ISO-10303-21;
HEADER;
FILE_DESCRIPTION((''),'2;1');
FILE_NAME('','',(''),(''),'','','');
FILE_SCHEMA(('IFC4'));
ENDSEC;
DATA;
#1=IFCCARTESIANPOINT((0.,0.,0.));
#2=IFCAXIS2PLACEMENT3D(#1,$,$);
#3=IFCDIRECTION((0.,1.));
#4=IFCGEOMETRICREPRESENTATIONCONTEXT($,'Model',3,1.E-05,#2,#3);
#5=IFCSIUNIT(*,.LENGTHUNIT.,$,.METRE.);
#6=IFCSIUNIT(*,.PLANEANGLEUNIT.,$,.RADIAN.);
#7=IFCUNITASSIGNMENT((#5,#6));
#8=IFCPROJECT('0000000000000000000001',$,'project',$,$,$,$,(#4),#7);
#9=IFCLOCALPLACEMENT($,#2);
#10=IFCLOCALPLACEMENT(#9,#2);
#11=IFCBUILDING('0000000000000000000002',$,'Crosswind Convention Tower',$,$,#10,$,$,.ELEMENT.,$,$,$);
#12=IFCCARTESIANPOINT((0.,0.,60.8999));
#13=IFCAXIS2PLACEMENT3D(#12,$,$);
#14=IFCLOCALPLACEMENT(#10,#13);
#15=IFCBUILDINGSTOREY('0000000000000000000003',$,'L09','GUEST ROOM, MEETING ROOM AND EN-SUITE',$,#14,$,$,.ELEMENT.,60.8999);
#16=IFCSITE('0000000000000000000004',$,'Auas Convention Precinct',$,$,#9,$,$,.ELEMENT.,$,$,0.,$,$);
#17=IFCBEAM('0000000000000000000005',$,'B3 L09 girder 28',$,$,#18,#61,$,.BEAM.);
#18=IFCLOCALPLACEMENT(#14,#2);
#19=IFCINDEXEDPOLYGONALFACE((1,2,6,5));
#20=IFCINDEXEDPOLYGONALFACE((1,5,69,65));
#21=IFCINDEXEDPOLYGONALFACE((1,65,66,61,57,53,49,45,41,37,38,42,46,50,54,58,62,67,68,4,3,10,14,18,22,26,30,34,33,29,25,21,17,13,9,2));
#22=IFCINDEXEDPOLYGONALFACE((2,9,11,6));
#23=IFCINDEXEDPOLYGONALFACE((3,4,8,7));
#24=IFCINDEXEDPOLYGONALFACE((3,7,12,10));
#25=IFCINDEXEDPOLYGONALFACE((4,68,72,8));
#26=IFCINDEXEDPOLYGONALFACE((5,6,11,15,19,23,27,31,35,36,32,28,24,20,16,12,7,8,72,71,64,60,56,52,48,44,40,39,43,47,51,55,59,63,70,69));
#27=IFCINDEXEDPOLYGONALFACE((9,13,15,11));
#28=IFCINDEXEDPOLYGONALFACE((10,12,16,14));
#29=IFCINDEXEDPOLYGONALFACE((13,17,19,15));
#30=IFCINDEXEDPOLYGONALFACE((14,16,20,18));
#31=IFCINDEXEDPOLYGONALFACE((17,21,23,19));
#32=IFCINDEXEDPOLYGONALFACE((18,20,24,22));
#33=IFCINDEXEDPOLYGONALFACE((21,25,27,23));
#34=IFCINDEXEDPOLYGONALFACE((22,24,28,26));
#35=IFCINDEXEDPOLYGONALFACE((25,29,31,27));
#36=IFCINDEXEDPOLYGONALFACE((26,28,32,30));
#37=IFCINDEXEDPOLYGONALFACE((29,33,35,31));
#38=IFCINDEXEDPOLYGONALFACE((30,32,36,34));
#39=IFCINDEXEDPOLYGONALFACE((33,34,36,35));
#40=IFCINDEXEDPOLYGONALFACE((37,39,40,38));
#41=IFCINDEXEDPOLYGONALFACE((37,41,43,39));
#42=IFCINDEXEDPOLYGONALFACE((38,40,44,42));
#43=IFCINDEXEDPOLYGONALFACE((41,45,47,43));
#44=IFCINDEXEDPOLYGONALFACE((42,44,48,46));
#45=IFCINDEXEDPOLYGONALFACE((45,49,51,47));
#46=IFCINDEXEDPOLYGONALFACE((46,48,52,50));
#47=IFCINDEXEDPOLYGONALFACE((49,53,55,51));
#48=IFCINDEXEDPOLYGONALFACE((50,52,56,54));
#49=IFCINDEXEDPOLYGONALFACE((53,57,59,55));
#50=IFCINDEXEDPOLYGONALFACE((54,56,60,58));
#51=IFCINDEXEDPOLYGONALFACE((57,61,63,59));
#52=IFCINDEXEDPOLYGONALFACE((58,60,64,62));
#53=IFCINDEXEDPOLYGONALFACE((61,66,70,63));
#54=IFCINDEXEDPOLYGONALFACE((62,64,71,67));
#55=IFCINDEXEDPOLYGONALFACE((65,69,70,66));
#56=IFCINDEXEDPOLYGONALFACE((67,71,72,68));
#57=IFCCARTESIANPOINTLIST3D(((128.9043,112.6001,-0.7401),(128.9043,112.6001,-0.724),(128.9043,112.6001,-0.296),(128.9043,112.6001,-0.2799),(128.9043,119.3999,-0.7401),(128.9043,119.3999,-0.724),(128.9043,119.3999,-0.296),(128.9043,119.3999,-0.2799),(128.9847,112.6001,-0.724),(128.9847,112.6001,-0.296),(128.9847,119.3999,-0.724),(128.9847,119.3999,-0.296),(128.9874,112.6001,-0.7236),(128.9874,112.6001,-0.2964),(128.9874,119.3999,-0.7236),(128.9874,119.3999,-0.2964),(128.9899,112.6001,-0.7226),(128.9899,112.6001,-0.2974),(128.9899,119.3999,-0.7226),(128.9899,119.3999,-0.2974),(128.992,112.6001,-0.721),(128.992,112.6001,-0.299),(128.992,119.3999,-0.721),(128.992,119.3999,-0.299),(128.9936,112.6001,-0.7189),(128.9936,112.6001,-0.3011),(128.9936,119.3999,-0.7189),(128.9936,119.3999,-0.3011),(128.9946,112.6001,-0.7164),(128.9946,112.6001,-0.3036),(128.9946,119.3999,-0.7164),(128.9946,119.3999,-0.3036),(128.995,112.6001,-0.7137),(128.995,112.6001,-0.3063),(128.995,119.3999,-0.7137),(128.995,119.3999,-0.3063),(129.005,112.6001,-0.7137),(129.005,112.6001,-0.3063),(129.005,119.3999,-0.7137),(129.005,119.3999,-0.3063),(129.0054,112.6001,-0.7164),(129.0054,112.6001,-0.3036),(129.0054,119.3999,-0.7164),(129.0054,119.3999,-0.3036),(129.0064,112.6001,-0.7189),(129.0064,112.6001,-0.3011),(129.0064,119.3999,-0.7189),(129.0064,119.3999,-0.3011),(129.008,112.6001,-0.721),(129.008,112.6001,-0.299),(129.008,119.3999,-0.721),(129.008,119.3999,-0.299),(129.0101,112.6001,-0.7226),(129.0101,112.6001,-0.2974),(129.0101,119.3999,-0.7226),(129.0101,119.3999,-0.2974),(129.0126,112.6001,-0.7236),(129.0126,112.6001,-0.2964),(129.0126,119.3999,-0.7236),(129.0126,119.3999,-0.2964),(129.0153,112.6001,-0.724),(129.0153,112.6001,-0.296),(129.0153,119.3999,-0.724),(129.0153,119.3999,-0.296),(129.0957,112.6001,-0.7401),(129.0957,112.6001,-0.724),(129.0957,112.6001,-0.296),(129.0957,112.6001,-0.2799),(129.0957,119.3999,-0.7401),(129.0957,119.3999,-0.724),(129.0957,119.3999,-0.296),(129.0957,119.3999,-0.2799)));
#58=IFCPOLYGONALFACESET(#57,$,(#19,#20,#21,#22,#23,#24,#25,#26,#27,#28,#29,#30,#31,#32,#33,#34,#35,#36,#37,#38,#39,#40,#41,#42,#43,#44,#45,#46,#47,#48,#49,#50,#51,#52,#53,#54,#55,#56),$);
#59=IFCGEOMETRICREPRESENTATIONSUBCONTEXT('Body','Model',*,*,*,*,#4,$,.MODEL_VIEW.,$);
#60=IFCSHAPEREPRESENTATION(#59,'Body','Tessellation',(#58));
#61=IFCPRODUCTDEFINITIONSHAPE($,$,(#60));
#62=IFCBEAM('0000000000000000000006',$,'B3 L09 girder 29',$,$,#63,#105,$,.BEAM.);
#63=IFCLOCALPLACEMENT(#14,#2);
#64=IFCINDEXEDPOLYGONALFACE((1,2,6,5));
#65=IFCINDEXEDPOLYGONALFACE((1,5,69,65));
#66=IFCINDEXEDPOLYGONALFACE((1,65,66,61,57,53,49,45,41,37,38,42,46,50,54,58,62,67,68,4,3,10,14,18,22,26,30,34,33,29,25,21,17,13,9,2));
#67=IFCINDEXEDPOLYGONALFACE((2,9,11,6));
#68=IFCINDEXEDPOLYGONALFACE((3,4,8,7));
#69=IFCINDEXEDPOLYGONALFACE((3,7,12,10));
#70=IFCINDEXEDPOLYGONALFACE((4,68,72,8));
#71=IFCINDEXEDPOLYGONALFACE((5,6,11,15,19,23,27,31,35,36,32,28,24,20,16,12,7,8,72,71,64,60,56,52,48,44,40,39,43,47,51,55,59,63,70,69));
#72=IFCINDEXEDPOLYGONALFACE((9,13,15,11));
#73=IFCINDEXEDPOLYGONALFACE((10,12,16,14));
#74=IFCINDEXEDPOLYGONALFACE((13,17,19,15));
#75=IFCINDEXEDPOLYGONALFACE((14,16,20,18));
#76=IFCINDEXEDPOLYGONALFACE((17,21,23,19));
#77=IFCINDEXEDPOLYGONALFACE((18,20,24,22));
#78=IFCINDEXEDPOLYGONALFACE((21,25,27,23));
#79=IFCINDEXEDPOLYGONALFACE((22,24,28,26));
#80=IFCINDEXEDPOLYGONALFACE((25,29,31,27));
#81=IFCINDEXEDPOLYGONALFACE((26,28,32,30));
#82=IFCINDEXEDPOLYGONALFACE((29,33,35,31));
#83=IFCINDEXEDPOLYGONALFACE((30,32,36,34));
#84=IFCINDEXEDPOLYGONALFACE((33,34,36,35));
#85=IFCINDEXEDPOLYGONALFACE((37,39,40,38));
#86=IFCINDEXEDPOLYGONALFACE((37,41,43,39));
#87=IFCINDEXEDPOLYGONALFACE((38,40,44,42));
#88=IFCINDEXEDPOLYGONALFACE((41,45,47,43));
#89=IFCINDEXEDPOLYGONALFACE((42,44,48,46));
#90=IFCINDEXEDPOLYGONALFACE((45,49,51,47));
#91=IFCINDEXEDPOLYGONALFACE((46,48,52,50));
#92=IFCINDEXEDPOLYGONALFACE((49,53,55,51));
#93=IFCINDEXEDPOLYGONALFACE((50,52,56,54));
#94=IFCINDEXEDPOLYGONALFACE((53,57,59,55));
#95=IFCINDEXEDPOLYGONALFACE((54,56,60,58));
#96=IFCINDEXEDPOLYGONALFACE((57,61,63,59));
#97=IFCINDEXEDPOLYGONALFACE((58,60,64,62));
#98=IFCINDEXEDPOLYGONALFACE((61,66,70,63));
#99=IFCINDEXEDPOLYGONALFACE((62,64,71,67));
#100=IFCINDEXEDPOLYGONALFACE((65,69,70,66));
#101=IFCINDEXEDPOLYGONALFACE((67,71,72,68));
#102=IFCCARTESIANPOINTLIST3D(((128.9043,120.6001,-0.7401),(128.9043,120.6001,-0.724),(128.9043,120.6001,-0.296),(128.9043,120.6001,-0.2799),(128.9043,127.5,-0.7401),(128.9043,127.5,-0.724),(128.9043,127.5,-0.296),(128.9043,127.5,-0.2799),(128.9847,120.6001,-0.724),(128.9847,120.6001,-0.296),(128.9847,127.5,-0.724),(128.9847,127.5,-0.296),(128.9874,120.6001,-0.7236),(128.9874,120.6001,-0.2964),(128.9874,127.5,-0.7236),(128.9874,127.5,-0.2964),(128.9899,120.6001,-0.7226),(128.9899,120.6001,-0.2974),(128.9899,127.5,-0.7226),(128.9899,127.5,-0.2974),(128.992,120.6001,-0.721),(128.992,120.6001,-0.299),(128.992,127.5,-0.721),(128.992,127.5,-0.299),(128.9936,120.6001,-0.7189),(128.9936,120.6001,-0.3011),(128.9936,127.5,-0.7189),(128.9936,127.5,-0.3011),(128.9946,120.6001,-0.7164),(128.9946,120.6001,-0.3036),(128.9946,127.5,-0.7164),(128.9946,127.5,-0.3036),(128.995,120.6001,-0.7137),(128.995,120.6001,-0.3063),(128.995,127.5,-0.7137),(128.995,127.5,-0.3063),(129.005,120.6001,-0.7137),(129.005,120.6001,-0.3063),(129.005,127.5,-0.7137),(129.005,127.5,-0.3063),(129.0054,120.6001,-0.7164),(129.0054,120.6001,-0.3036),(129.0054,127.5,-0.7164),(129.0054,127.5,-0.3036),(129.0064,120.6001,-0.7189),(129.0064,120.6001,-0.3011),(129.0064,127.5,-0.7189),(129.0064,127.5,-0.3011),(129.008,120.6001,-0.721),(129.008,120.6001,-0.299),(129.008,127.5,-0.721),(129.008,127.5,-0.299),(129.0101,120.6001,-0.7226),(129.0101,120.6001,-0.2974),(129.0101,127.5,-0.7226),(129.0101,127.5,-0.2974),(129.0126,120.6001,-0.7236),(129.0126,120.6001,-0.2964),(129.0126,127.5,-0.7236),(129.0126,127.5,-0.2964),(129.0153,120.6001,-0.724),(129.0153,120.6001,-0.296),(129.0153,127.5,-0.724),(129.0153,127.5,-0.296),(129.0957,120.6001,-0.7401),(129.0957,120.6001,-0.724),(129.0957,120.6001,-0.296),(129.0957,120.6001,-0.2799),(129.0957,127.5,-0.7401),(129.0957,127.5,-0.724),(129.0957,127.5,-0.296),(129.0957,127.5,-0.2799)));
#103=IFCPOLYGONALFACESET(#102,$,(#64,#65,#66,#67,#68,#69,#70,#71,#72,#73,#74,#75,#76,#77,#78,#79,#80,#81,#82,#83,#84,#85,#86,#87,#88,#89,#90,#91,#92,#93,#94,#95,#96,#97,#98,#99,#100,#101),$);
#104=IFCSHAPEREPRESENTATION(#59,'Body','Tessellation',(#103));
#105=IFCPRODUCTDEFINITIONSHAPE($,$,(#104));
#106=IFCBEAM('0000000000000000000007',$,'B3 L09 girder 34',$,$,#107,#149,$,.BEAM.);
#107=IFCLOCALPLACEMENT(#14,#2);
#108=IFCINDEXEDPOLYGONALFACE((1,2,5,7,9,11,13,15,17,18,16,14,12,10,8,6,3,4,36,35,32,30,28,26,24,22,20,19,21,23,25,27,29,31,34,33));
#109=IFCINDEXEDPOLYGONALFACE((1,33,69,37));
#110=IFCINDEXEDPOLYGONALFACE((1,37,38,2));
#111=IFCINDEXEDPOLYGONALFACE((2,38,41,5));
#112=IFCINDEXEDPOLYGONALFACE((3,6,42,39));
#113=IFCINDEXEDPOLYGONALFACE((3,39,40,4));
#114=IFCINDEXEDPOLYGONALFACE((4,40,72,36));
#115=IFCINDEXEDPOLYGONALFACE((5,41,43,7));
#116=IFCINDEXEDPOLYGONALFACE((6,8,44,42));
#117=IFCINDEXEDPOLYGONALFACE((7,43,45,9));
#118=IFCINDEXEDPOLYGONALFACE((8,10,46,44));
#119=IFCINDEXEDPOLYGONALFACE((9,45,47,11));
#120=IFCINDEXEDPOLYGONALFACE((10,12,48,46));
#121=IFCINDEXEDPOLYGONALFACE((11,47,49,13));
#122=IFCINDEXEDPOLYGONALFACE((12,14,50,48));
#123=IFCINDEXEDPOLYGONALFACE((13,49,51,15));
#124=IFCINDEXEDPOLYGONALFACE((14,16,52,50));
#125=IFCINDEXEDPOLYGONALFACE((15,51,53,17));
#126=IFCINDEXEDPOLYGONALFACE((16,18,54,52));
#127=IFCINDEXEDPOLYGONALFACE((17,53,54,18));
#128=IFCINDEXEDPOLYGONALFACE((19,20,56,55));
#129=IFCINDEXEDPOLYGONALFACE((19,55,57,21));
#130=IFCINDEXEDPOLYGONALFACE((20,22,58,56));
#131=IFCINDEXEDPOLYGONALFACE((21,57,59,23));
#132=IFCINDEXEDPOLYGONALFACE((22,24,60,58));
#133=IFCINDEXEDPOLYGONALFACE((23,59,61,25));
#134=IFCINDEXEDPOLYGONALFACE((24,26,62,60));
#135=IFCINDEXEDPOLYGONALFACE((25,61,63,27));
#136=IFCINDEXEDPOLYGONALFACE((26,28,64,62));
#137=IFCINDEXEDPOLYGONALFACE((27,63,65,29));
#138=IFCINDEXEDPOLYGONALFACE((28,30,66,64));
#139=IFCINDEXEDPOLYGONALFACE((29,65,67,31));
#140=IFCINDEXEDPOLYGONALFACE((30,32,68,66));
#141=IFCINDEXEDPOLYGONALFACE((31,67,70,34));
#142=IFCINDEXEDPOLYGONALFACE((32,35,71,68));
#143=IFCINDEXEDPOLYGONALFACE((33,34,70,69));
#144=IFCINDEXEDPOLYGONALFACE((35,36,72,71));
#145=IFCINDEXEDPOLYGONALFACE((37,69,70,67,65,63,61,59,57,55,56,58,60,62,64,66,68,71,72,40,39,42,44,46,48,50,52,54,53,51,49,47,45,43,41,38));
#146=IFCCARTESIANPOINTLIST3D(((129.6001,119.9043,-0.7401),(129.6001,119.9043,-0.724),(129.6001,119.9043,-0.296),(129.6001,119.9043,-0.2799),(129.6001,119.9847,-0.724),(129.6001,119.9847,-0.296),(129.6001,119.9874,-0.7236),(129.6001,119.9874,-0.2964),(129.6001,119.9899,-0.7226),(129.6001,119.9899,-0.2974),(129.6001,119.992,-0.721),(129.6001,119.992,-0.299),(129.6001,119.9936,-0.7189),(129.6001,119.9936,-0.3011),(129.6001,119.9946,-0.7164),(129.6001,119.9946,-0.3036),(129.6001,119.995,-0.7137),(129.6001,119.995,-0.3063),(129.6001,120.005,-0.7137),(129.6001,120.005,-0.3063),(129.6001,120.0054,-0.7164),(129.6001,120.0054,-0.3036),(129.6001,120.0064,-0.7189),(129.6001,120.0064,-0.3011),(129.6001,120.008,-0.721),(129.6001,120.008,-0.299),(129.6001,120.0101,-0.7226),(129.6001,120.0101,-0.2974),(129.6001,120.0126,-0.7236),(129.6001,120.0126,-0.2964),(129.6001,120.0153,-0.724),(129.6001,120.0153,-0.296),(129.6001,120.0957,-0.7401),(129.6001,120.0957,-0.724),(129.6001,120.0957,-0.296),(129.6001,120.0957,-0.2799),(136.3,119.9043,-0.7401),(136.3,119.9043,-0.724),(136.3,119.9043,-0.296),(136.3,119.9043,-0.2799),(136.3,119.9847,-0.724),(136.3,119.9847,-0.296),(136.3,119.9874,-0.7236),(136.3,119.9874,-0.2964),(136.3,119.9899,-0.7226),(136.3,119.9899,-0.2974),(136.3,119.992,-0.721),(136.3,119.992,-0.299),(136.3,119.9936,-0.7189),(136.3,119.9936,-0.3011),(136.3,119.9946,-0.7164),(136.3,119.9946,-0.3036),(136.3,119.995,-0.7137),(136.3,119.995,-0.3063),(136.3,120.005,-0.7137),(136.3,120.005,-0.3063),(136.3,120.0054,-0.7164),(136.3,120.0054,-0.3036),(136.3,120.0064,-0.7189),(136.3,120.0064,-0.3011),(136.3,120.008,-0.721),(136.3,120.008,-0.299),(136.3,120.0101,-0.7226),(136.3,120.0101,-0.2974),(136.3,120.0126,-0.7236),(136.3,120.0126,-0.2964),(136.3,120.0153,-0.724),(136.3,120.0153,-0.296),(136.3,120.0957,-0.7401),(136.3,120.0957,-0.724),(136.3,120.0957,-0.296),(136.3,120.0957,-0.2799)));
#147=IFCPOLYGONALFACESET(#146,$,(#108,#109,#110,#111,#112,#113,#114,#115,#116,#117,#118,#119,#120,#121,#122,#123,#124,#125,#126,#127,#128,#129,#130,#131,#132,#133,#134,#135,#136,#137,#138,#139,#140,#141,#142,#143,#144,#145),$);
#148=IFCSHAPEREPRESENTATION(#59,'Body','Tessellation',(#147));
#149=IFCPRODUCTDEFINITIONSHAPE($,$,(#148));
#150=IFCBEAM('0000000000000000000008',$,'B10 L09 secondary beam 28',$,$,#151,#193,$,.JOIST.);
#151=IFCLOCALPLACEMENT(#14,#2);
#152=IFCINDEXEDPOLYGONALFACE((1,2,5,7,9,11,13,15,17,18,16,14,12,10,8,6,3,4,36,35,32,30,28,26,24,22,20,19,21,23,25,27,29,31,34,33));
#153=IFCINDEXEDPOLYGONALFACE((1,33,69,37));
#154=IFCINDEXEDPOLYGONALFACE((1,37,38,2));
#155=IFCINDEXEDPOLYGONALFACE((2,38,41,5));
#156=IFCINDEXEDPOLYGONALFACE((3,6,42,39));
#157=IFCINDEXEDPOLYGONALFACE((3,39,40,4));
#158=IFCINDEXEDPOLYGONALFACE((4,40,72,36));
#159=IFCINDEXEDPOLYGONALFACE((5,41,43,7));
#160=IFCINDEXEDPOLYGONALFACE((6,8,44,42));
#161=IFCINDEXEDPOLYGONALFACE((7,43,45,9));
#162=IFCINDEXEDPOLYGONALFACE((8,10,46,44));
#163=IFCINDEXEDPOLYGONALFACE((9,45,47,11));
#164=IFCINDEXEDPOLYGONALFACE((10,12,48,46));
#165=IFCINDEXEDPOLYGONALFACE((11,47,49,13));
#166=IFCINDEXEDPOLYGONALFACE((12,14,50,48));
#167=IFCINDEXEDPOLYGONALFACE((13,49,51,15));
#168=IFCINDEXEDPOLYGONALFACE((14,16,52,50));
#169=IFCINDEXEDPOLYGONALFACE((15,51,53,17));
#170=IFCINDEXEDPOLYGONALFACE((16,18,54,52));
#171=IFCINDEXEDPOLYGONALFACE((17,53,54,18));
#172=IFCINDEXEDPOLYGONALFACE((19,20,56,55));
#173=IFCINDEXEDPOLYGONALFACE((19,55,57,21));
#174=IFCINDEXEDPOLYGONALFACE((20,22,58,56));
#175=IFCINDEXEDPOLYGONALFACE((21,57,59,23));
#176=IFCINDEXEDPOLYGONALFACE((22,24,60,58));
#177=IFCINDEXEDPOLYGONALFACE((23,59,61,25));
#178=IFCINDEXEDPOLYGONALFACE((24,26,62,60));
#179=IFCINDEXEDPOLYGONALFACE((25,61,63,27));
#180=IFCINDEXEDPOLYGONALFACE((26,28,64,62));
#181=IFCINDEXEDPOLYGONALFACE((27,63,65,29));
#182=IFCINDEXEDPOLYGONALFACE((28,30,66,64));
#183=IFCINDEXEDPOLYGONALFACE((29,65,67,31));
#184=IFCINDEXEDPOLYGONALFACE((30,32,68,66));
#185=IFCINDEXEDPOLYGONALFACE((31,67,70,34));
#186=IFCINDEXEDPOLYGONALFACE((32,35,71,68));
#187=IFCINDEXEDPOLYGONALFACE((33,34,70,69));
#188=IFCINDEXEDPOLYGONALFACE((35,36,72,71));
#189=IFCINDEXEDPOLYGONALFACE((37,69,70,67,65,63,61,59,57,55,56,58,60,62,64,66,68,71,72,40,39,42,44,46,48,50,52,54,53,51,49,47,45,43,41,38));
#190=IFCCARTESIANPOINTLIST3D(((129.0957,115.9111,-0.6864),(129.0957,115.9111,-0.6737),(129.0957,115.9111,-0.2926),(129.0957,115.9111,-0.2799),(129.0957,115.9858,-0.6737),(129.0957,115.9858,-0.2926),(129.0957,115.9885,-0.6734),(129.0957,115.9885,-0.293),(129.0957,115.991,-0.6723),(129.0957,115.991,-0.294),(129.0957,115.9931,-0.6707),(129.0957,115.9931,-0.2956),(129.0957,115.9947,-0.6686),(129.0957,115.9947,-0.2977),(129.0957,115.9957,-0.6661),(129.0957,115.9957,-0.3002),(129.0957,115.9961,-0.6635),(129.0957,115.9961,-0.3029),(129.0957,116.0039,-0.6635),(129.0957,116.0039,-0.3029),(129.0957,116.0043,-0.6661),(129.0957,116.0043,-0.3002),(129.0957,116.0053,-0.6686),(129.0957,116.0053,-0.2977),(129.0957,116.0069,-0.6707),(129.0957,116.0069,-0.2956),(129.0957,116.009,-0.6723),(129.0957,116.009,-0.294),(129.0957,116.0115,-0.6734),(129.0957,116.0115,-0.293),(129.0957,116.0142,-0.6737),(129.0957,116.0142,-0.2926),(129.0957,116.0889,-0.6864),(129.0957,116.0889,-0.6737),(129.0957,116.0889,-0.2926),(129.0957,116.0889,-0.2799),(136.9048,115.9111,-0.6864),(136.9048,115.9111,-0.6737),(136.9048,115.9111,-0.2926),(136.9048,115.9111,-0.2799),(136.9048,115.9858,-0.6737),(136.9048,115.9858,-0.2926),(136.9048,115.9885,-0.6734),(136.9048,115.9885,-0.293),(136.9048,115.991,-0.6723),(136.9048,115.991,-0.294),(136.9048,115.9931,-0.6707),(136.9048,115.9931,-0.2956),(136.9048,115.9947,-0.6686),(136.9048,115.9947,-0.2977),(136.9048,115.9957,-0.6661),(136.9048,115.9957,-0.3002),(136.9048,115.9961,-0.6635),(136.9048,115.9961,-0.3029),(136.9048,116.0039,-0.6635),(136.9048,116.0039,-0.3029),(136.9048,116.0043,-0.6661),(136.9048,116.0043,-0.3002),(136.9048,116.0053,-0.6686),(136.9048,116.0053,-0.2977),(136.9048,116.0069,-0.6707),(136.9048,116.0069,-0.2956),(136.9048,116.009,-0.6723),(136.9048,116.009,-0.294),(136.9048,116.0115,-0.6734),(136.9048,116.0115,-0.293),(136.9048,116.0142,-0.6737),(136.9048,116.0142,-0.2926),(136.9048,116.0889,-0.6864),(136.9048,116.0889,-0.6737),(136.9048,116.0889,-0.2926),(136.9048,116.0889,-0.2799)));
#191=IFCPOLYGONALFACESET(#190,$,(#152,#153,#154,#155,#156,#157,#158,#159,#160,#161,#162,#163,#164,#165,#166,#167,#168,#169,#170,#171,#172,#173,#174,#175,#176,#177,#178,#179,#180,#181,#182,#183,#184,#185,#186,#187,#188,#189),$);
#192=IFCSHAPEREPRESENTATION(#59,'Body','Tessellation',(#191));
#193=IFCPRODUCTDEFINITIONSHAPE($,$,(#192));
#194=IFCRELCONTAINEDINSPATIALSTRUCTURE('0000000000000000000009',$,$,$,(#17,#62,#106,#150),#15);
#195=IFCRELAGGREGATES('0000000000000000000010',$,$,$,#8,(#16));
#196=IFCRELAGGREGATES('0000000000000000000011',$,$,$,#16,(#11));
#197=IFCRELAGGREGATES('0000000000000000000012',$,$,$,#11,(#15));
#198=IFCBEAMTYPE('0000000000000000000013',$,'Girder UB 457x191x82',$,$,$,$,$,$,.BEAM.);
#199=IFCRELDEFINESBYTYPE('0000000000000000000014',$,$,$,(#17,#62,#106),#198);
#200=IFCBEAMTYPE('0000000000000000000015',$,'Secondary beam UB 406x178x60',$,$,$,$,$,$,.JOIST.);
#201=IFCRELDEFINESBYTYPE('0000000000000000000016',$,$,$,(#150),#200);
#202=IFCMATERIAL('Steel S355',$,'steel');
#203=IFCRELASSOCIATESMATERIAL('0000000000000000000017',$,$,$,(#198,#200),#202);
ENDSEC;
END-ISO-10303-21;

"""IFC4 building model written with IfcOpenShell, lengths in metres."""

from ifc_helpers import new_model, si_unit, direction, frame, origin, origin_2d, place, context, subcontext, project, spatial, i_section, extrude, material, material_profile, profile_set, type_object, element, save


model = new_model("IFC4")

# Units and contexts
model_context = context("Model", 3, precision=1e-05, world=origin(), true_north=direction((0.0, 1.0)))
body_context = subcontext(model_context, "Body", "Model", "MODEL_VIEW")
ifc_project = project(units=[si_unit("LENGTHUNIT", "METRE"), si_unit("PLANEANGLEUNIT", "RADIAN")], contexts=[model_context])

# Site, building, storey
site_placement = place(None, origin())
site = spatial("IfcSite", under=ifc_project, at=site_placement, Name="Auas Convention Precinct", CompositionType="ELEMENT", RefElevation=0.0)
building_placement = place(site_placement, origin())
building = spatial("IfcBuilding", under=site, at=building_placement, Name="Crosswind Convention Tower", CompositionType="ELEMENT")
storey_placement = place(building_placement, frame((0.0, 0.0, 60.8999)))
storey = spatial("IfcBuildingStorey", under=building, at=storey_placement, Name="L09", Description="GUEST ROOM, MEETING ROOM AND EN-SUITE", CompositionType="ELEMENT", Elevation=60.8999)

# Beams
ifc_material_1 = material(Name="Steel S355", Category="steel")
ifc_material_profile_1 = material_profile(ifc_material_1, i_section(OverallWidth=0.1914, OverallDepth=0.4602, WebThickness=0.01, FlangeThickness=0.0161, FilletRadius=0.0103, at=origin_2d()), Name="UB 457x191x82")
ifc_profile_set_1 = profile_set([ifc_material_profile_1], Name="Steel S355")
beam_type_1 = type_object("IfcBeamType", Name="Girder UB 457x191x82", PredefinedType="BEAM", material=ifc_profile_set_1)
for number, where, z_axis, x_axis, name in (
    (1, (129.0, 112.6001, -0.51), (0.0, 1.0, 0.0), (-1.0, 0.0, 0.0), "B3 L09 girder 28"),
):
    element("IfcBeam", number, at=place(storey_placement, frame(where, z_axis=z_axis, x_axis=x_axis)), inside=storey, type_object=beam_type_1, Name=name, PredefinedType="BEAM", context=body_context, shape_type="SweptSolid", body=[
        extrude(i_section(OverallWidth=0.1914, OverallDepth=0.4602, WebThickness=0.01, FlangeThickness=0.0161, FilletRadius=0.0103, at=origin_2d()), origin(), (0.0, 0.0, 1.0), 6.7998),
    ])
beam_1_placement = place(storey_placement, frame((129.0, 120.6001, -0.51), z_axis=(0.0, 1.0, 0.0), x_axis=(-1.0, 0.0, 0.0)))
element("IfcBeam", 2, at=beam_1_placement, inside=storey, type_object=beam_type_1, Name="B3 L09 girder 29", PredefinedType="BEAM", context=body_context, shape_type="SweptSolid", body=[
    extrude(i_section(OverallWidth=0.1914, OverallDepth=0.4602, WebThickness=0.01, FlangeThickness=0.0161, FilletRadius=0.0103, at=origin_2d()), origin(), (0.0, 0.0, 1.0), 6.8999),
])
beam_2_placement = place(storey_placement, frame((129.6001, 120.0, -0.51), z_axis=(1.0, 0.0, 0.0), x_axis=(0.0, 1.0, 0.0)))
element("IfcBeam", 3, at=beam_2_placement, inside=storey, type_object=beam_type_1, Name="B3 L09 girder 34", PredefinedType="BEAM", context=body_context, shape_type="SweptSolid", body=[
    extrude(i_section(OverallWidth=0.1914, OverallDepth=0.4602, WebThickness=0.01, FlangeThickness=0.0161, FilletRadius=0.0103, at=origin_2d()), origin(), (0.0, 0.0, 1.0), 6.7),
])
ifc_material_profile_2 = material_profile(ifc_material_1, i_section(OverallWidth=0.1777, OverallDepth=0.4065, WebThickness=0.0078, FlangeThickness=0.0127, FilletRadius=0.0103, at=origin_2d()), Name="UB 406x178x60")
ifc_profile_set_2 = profile_set([ifc_material_profile_2], Name="Steel S355")
beam_type_2 = type_object("IfcBeamType", Name="Secondary beam UB 406x178x60", PredefinedType="JOIST", material=ifc_profile_set_2)
beam_3_placement = place(storey_placement, frame((129.0957, 116.0, -0.4832), z_axis=(1.0, 0.0, 0.0), x_axis=(0.0, 1.0, 0.0)))
element("IfcBeam", 4, at=beam_3_placement, inside=storey, type_object=beam_type_2, Name="B10 L09 secondary beam 28", PredefinedType="JOIST", context=body_context, shape_type="SweptSolid", body=[
    extrude(i_section(OverallWidth=0.1777, OverallDepth=0.4065, WebThickness=0.0078, FlangeThickness=0.0127, FilletRadius=0.0103, at=origin_2d()), origin(), (0.0, 0.0, 1.0), 7.8091),
])

save(model, "model.ifc")
